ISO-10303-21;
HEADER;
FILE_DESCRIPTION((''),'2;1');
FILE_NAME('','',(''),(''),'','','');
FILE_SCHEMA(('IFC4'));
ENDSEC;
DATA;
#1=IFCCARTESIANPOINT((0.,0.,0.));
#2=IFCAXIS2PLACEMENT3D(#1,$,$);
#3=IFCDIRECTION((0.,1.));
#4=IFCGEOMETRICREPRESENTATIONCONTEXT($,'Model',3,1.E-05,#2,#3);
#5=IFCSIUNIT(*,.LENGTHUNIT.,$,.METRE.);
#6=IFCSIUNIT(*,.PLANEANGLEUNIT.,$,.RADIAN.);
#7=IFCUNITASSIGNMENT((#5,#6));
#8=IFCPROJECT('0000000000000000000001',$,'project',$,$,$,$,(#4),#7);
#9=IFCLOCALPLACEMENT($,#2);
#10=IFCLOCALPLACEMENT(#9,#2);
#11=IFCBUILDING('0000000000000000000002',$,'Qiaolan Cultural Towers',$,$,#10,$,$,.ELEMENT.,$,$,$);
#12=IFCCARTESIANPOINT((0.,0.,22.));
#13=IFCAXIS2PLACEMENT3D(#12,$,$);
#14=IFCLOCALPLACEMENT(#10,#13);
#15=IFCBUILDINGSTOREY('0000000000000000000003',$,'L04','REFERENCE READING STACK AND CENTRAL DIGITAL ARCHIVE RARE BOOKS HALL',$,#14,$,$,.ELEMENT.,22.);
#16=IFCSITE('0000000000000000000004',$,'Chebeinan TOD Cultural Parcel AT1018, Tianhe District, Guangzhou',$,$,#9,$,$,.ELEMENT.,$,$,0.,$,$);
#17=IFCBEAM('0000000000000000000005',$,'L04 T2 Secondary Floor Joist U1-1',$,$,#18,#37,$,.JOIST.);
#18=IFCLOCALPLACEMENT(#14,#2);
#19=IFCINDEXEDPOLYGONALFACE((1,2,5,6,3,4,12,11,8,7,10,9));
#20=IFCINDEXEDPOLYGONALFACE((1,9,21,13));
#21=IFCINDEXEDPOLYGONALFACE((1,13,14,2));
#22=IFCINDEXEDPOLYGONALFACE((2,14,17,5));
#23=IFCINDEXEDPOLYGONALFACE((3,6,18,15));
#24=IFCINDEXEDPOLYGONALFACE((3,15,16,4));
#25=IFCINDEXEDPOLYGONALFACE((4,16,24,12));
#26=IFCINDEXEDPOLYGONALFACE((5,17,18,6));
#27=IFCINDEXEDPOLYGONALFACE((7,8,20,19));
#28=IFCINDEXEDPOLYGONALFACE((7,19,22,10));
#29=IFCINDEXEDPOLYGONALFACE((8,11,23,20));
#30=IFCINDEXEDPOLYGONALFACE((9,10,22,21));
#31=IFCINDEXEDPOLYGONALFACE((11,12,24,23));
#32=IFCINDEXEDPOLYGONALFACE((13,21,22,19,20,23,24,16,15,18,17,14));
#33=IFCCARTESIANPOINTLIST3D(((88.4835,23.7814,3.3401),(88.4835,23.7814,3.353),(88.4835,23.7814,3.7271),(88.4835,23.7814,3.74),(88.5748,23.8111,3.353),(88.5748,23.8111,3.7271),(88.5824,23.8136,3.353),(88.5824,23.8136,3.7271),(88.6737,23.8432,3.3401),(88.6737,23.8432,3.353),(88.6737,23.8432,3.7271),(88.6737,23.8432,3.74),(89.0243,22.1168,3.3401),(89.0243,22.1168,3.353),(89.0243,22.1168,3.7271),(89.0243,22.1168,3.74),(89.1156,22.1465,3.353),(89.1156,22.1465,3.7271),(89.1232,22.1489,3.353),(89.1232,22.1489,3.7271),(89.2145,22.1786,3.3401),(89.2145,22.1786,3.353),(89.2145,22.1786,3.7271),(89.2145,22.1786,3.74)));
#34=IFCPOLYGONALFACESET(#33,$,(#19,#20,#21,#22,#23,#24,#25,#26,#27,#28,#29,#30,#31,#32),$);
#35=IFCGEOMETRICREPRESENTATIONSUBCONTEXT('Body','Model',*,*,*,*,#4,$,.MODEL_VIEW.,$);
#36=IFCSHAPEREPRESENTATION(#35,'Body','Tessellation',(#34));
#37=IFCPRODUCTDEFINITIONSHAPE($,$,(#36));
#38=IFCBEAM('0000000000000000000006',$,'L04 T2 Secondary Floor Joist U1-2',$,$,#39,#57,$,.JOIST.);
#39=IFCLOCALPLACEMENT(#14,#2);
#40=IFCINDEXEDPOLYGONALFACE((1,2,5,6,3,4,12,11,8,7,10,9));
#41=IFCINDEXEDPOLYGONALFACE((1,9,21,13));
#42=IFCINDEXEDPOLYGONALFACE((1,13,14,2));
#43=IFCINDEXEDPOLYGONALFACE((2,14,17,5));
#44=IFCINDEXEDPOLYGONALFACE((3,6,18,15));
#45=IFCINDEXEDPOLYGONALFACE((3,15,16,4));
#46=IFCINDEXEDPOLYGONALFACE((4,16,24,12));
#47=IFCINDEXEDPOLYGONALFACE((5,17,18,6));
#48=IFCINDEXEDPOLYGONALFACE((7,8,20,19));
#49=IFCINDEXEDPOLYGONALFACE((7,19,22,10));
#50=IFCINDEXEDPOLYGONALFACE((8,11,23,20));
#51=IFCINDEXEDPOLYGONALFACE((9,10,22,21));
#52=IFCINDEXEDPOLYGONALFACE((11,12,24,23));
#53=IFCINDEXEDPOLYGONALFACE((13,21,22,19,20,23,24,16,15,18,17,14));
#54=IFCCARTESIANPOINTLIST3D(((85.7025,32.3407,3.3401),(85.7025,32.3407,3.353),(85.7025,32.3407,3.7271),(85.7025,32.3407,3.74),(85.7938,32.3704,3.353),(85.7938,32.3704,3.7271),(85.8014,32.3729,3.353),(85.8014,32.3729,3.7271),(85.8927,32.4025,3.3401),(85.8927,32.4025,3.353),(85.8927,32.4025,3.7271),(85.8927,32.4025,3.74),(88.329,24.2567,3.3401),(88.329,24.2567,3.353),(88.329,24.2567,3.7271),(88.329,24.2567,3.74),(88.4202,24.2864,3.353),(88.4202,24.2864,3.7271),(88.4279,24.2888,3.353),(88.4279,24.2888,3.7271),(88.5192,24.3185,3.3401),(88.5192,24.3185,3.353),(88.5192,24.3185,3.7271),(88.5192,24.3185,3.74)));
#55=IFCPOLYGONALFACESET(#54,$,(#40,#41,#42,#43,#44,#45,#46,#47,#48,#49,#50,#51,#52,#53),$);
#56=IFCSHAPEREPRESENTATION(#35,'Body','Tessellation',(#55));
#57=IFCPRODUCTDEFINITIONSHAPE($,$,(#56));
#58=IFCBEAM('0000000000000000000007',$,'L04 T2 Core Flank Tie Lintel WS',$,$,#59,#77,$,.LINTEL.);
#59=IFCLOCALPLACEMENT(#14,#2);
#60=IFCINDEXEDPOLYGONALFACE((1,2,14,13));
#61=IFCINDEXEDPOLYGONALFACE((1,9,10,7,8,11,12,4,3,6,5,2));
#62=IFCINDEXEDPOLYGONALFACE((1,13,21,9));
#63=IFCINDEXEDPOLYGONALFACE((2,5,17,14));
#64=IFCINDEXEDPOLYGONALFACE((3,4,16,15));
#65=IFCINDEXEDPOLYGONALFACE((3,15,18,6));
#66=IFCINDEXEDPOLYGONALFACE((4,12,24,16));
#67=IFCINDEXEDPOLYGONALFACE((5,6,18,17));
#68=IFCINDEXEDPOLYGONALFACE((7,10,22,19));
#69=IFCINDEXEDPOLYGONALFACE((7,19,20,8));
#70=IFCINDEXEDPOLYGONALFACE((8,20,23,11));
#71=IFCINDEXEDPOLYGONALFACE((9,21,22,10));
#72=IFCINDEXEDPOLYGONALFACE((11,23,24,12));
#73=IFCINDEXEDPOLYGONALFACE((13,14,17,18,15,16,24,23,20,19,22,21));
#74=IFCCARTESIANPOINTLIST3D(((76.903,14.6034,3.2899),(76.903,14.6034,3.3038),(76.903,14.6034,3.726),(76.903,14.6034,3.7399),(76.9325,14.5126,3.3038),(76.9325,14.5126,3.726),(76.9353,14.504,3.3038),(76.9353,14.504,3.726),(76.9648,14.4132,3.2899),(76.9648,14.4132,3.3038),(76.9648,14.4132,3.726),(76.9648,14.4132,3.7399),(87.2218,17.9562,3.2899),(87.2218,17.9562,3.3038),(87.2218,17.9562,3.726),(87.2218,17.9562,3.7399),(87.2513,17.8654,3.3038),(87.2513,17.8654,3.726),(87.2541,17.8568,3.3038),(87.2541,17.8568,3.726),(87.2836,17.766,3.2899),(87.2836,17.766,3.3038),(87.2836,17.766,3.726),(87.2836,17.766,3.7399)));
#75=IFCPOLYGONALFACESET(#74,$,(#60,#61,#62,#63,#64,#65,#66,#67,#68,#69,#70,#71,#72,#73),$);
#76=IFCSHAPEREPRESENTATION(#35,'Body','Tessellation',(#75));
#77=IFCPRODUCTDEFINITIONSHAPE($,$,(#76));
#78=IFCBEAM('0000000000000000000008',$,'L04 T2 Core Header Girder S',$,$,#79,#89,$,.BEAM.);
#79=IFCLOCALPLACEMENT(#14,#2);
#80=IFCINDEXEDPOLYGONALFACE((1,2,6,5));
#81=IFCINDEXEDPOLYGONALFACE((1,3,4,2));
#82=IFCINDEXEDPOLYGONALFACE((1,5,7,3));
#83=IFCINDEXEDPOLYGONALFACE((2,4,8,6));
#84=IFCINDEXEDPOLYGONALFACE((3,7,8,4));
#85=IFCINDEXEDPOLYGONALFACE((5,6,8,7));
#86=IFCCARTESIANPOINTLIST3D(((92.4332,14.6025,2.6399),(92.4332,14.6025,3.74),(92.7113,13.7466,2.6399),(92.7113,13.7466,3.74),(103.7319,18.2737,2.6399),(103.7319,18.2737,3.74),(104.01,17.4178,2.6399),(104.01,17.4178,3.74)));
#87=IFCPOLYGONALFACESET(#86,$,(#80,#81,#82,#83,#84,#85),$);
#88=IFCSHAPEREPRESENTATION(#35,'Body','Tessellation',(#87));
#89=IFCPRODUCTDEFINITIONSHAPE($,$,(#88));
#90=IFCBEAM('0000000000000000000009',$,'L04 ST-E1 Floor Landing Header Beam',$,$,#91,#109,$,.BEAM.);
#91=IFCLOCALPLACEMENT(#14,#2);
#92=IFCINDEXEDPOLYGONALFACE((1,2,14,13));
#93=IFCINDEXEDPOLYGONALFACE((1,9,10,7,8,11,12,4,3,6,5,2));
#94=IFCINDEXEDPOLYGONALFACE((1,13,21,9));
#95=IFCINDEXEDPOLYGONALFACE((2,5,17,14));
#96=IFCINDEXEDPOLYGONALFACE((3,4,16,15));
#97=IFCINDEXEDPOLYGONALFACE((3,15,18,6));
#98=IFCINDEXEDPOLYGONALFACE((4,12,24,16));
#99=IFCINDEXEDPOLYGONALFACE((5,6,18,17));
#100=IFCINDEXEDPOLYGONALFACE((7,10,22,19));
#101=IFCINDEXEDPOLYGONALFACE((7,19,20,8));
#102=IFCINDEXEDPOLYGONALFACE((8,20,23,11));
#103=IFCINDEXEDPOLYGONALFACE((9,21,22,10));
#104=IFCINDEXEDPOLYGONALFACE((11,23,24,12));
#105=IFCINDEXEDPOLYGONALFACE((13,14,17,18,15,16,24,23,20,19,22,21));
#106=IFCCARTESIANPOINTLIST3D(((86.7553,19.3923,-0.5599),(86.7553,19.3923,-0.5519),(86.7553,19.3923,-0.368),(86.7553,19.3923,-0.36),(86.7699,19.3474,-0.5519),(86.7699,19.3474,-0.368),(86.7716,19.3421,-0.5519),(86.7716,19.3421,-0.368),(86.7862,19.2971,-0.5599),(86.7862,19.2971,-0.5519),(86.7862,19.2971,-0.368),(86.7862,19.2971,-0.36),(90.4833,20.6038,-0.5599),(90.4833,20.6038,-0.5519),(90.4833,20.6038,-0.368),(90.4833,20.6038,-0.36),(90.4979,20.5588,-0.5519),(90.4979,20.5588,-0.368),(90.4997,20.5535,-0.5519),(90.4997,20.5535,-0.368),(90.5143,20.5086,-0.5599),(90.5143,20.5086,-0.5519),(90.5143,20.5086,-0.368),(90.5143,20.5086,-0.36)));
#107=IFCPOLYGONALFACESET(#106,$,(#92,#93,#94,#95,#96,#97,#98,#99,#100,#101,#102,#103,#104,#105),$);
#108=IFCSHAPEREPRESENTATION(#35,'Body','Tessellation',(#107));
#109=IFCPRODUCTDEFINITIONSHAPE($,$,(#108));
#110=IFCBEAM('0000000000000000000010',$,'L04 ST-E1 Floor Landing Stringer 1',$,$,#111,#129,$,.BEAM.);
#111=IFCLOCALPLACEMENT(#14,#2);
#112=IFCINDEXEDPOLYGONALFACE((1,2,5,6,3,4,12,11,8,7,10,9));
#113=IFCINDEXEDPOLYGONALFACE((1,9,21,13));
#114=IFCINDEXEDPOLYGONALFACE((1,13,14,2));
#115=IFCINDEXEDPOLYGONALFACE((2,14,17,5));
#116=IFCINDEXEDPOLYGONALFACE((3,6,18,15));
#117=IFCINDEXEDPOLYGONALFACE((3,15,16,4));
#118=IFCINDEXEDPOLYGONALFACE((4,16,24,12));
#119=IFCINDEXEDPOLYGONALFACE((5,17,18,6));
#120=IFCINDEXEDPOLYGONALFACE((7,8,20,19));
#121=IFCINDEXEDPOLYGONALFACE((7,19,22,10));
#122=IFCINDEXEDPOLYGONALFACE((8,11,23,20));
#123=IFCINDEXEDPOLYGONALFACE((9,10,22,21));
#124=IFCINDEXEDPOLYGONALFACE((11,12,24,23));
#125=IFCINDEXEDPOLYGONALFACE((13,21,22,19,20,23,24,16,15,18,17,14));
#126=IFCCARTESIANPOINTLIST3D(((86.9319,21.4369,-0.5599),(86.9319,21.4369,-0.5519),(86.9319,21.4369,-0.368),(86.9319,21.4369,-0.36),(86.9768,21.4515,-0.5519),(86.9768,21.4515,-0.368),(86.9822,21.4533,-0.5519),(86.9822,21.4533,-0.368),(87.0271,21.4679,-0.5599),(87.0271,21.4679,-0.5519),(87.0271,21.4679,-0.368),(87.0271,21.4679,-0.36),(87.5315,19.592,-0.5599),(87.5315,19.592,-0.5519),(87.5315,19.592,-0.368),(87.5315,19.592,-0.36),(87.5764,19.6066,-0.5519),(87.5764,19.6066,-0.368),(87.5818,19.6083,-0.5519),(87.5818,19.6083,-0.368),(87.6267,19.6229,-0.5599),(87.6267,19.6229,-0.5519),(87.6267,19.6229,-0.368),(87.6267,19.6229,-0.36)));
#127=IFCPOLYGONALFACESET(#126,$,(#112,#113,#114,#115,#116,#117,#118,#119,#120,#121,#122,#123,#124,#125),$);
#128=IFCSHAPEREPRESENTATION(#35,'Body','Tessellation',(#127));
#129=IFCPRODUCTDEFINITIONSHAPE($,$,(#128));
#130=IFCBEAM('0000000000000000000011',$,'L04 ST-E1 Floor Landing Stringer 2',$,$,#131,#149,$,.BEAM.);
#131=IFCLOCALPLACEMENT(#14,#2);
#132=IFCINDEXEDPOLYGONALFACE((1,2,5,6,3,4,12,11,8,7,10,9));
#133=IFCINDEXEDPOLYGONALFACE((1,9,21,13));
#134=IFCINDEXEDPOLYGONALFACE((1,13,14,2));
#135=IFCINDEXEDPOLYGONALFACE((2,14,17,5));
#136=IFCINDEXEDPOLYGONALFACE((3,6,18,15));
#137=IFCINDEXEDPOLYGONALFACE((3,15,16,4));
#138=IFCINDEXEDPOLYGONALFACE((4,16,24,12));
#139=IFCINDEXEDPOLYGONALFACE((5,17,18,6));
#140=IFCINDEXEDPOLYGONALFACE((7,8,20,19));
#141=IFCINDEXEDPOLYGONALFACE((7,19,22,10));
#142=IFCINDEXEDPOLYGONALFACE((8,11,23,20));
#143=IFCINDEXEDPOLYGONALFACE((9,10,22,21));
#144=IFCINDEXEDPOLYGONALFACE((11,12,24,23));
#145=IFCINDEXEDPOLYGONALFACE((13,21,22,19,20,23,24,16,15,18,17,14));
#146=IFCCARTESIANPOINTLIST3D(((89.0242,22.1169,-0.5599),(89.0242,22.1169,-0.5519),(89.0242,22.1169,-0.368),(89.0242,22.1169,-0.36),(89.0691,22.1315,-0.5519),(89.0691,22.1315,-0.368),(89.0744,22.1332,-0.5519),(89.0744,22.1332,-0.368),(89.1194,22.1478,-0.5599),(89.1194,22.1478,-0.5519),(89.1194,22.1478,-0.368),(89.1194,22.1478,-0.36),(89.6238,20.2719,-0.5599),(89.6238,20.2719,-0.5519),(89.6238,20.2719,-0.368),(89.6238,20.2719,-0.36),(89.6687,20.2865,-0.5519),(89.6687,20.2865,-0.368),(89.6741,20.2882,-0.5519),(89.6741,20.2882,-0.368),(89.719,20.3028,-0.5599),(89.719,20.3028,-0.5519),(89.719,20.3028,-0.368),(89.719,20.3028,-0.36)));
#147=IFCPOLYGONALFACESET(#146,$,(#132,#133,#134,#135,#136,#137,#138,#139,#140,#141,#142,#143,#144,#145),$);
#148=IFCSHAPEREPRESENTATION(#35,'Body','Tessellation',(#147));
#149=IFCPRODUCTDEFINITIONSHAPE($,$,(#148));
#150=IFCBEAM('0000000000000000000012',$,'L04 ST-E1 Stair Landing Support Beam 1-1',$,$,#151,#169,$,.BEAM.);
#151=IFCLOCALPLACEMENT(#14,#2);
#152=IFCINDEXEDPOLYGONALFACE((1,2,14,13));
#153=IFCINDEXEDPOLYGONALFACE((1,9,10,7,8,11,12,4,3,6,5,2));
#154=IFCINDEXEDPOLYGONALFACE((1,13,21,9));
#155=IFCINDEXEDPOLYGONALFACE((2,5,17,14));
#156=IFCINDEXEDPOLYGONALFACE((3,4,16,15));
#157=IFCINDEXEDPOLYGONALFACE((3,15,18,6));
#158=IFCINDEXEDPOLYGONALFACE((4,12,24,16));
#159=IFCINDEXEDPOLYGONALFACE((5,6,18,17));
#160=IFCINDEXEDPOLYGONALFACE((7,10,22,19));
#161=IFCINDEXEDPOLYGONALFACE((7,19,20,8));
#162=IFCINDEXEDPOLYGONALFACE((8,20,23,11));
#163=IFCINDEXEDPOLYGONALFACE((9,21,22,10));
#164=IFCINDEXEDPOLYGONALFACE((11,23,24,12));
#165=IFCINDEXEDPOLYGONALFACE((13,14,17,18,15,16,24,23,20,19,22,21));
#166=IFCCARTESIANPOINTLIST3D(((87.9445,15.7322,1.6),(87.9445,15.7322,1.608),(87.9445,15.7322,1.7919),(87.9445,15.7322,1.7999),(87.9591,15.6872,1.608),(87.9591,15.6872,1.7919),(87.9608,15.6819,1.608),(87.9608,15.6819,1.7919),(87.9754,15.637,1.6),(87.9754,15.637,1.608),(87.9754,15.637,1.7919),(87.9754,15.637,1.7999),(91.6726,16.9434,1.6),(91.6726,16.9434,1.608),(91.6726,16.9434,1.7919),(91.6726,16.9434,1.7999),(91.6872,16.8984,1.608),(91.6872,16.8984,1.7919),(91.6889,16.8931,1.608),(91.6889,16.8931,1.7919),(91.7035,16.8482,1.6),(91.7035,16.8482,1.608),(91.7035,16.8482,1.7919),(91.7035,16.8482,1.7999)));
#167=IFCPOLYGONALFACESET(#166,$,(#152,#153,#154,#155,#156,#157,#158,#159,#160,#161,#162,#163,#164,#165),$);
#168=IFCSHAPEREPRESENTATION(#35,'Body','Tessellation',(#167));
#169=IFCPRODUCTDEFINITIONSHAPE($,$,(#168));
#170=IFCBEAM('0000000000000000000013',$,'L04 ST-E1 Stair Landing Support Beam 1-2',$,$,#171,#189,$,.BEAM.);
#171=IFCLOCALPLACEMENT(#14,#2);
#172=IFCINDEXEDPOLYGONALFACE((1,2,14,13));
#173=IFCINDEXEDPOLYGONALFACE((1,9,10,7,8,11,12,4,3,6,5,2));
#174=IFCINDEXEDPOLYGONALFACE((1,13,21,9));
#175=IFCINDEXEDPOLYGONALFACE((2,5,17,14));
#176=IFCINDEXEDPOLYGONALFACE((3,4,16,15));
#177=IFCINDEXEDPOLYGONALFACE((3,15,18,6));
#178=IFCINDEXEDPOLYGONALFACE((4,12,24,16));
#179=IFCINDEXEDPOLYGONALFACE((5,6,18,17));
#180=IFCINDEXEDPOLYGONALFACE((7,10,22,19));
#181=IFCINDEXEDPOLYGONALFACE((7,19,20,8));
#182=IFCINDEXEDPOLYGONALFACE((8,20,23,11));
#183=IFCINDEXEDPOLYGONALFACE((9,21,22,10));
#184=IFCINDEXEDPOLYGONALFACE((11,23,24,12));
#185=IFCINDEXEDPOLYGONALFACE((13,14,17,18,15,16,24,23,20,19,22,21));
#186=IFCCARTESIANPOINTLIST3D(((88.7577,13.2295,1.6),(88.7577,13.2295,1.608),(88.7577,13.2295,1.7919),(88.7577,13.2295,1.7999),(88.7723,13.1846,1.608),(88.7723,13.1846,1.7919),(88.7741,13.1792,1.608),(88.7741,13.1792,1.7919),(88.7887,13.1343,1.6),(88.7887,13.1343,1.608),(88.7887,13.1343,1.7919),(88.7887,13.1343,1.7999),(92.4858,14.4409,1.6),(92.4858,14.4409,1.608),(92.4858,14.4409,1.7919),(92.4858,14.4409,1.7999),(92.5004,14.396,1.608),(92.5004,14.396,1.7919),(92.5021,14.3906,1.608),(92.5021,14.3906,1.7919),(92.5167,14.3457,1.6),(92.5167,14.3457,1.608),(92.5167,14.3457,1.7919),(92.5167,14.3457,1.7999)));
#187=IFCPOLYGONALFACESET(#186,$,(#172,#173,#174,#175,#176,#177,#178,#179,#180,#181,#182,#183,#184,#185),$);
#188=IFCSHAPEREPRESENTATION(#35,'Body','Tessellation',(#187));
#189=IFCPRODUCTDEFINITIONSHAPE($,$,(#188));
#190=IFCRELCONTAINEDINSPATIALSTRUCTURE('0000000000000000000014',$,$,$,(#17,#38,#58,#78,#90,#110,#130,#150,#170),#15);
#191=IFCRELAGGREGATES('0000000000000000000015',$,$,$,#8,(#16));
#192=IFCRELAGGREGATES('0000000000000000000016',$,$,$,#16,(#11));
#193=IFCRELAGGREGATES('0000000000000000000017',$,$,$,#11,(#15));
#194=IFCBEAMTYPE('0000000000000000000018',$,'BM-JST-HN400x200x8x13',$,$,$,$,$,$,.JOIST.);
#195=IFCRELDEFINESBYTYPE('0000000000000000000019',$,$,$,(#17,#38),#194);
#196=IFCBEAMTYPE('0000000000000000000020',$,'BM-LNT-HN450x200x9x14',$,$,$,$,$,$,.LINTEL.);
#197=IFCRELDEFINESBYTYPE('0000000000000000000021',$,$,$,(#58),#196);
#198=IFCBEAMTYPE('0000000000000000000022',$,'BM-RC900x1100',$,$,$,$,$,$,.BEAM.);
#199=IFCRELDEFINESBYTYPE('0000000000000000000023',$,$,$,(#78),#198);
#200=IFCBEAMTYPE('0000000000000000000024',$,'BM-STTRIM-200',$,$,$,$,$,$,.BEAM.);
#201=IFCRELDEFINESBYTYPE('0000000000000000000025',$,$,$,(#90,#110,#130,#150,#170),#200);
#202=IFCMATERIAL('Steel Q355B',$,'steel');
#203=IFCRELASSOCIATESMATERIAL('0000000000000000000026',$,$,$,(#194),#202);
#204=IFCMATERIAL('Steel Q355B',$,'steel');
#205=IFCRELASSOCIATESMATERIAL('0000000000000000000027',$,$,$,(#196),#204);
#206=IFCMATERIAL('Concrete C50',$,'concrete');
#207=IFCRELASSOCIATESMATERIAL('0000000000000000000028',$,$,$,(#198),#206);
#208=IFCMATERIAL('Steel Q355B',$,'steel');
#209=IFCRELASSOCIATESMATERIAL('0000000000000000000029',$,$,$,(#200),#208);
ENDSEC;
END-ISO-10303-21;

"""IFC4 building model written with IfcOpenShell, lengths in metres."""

from ifc_helpers import new_model, si_unit, direction, frame, origin, origin_2d, place, context, subcontext, project, spatial, rectangle, i_section, extrude, material, material_profile, profile_set, type_object, element, save


model = new_model("IFC4")

# Units and contexts
model_context = context("Model", 3, precision=1e-05, world=origin(), true_north=direction((0.0, 1.0)))
body_context = subcontext(model_context, "Body", "Model", "MODEL_VIEW")
ifc_project = project(units=[si_unit("LENGTHUNIT", "METRE"), si_unit("PLANEANGLEUNIT", "RADIAN")], contexts=[model_context])

# Site, building, storey
site_placement = place(None, origin())
site = spatial("IfcSite", under=ifc_project, at=site_placement, Name="Chebeinan TOD Cultural Parcel AT1018, Tianhe District, Guangzhou", CompositionType="ELEMENT", RefElevation=0.0)
building_placement = place(site_placement, origin())
building = spatial("IfcBuilding", under=site, at=building_placement, Name="Qiaolan Cultural Towers", CompositionType="ELEMENT")
storey_placement = place(building_placement, frame((0.0, 0.0, 22.0)))
storey = spatial("IfcBuildingStorey", under=building, at=storey_placement, Name="L04", Description="REFERENCE READING STACK AND CENTRAL DIGITAL ARCHIVE RARE BOOKS HALL", CompositionType="ELEMENT", Elevation=22.0)

# Beams
ifc_material_1 = material(Name="Steel Q355B", Category="steel")
ifc_material_profile_1 = material_profile(ifc_material_1, i_section(OverallWidth=0.2, OverallDepth=0.3999, WebThickness=0.0081, FlangeThickness=0.0129, at=origin_2d()), Name="HN400x200x8x13")
ifc_profile_set_1 = profile_set([ifc_material_profile_1], Name="Steel Q355B")
beam_type_1 = type_object("IfcBeamType", Name="BM-JST-HN400x200x8x13", PredefinedType="JOIST", material=ifc_profile_set_1)
beam_1_placement = place(storey_placement, frame((89.1194, 22.1477, 3.54), z_axis=(-0.308979, 0.951069, 0.0), x_axis=(-0.951069, -0.308979, 0.0)))
element("IfcBeam", 1, at=beam_1_placement, inside=storey, type_object=beam_type_1, Name="L04 T2 Secondary Floor Joist U1-1", PredefinedType="JOIST", context=body_context, shape_type="SweptSolid", body=[
    extrude(i_section(OverallWidth=0.2, OverallDepth=0.3999, WebThickness=0.0081, FlangeThickness=0.0129, at=origin_2d()), origin(), (0.0, 0.0, 1.0), 1.7502),
])
beam_2_placement = place(storey_placement, frame((88.4241, 24.2876, 3.54), z_axis=(-0.308998, 0.951063, 0.0), x_axis=(-0.951063, -0.308998, 0.0)))
element("IfcBeam", 2, at=beam_2_placement, inside=storey, type_object=beam_type_1, Name="L04 T2 Secondary Floor Joist U1-2", PredefinedType="JOIST", context=body_context, shape_type="SweptSolid", body=[
    extrude(i_section(OverallWidth=0.2, OverallDepth=0.3999, WebThickness=0.0081, FlangeThickness=0.0129, at=origin_2d()), origin(), (0.0, 0.0, 1.0), 8.5),
])
ifc_material_2 = material(Name="Steel Q355B", Category="steel")
ifc_material_profile_2 = material_profile(ifc_material_2, i_section(OverallWidth=0.2, OverallDepth=0.45, WebThickness=0.009, FlangeThickness=0.0139, at=origin_2d()), Name="HN450x200x9x14")
ifc_profile_set_2 = profile_set([ifc_material_profile_2], Name="Steel Q355B")
beam_type_2 = type_object("IfcBeamType", Name="BM-LNT-HN450x200x9x14", PredefinedType="LINTEL", material=ifc_profile_set_2)
beam_3_placement = place(storey_placement, frame((87.2527, 17.8611, 3.5149), z_axis=(-0.951057, -0.309016, 0.0), x_axis=(0.309016, -0.951057, 0.0)))
element("IfcBeam", 3, at=beam_3_placement, inside=storey, type_object=beam_type_2, Name="L04 T2 Core Flank Tie Lintel WS", PredefinedType="LINTEL", context=body_context, shape_type="SweptSolid", body=[
    extrude(i_section(OverallWidth=0.2, OverallDepth=0.45, WebThickness=0.009, FlangeThickness=0.0139, at=origin_2d()), origin(), (0.0, 0.0, 1.0), 10.8499),
])
ifc_material_3 = material(Name="Concrete C50", Category="concrete")
ifc_material_profile_3 = material_profile(ifc_material_3, rectangle(XDim=0.8999, YDim=1.1001, at=origin_2d()), Name="RC900x1100")
ifc_profile_set_3 = profile_set([ifc_material_profile_3], Name="Concrete C50")
beam_type_3 = type_object("IfcBeamType", Name="BM-RC900x1100", PredefinedType="BEAM", material=ifc_profile_set_3)
beam_4_placement = place(storey_placement, frame((92.5723, 14.1746, 3.1899), z_axis=(0.951056, 0.309018, 0.0), x_axis=(-0.309018, 0.951056, 0.0)))
element("IfcBeam", 4, at=beam_4_placement, inside=storey, type_object=beam_type_3, Name="L04 T2 Core Header Girder S", PredefinedType="BEAM", context=body_context, shape_type="SweptSolid", body=[
    extrude(rectangle(XDim=0.8999, YDim=1.1001, at=origin_2d()), origin(), (0.0, 0.0, 1.0), 11.8801),
])
ifc_material_4 = material(Name="Steel Q355B", Category="steel")
ifc_material_profile_4 = material_profile(ifc_material_4, i_section(OverallWidth=0.1001, OverallDepth=0.2, WebThickness=0.0056, FlangeThickness=0.0081, at=origin_2d()), Name="HN200x100x5.5x8")
ifc_profile_set_4 = profile_set([ifc_material_profile_4], Name="Steel Q355B")
beam_type_4 = type_object("IfcBeamType", Name="BM-STTRIM-200", PredefinedType="BEAM", material=ifc_profile_set_4)
beam_5_placement = place(storey_placement, frame((86.7708, 19.3447, -0.46), z_axis=(0.951048, 0.309044, 0.0), x_axis=(-0.309044, 0.951048, 0.0)))
element("IfcBeam", 5, at=beam_5_placement, inside=storey, type_object=beam_type_4, Name="L04 ST-E1 Floor Landing Header Beam", PredefinedType="BEAM", context=body_context, shape_type="SweptSolid", body=[
    extrude(i_section(OverallWidth=0.1001, OverallDepth=0.2, WebThickness=0.0056, FlangeThickness=0.0081, at=origin_2d()), origin(), (0.0, 0.0, 1.0), 3.9199),
])
for number, where, z_axis, x_axis, name in (
    (6, (86.9795, 21.4524, -0.46), (0.309083, -0.951035, 0.0), (0.951035, 0.309083, 0.0), "L04 ST-E1 Floor Landing Stringer 1"),
    (7, (89.0718, 22.1323, -0.46), (0.309083, -0.951035, 0.0), (0.951035, 0.309083, 0.0), "L04 ST-E1 Floor Landing Stringer 2"),
):
    element("IfcBeam", number, at=place(storey_placement, frame(where, z_axis=z_axis, x_axis=x_axis)), inside=storey, type_object=beam_type_4, Name=name, PredefinedType="BEAM", context=body_context, shape_type="SweptSolid", body=[
        extrude(i_section(OverallWidth=0.1001, OverallDepth=0.2, WebThickness=0.0056, FlangeThickness=0.0081, at=origin_2d()), origin(), (0.0, 0.0, 1.0), 1.9399),
    ])
for number, where, z_axis, x_axis, name in (
    (8, (87.96, 15.6846, 1.7), (0.951066, 0.308987, 0.0), (-0.308987, 0.951066, 0.0), "L04 ST-E1 Stair Landing Support Beam 1-1"),
    (9, (88.7732, 13.1819, 1.7), (0.951048, 0.309044, 0.0), (-0.309044, 0.951048, 0.0), "L04 ST-E1 Stair Landing Support Beam 1-2"),
):
    element("IfcBeam", number, at=place(storey_placement, frame(where, z_axis=z_axis, x_axis=x_axis)), inside=storey, type_object=beam_type_4, Name=name, PredefinedType="BEAM", context=body_context, shape_type="SweptSolid", body=[
        extrude(i_section(OverallWidth=0.1001, OverallDepth=0.2, WebThickness=0.0056, FlangeThickness=0.0081, at=origin_2d()), origin(), (0.0, 0.0, 1.0), 3.9199),
    ])

save(model, "model.ifc")
